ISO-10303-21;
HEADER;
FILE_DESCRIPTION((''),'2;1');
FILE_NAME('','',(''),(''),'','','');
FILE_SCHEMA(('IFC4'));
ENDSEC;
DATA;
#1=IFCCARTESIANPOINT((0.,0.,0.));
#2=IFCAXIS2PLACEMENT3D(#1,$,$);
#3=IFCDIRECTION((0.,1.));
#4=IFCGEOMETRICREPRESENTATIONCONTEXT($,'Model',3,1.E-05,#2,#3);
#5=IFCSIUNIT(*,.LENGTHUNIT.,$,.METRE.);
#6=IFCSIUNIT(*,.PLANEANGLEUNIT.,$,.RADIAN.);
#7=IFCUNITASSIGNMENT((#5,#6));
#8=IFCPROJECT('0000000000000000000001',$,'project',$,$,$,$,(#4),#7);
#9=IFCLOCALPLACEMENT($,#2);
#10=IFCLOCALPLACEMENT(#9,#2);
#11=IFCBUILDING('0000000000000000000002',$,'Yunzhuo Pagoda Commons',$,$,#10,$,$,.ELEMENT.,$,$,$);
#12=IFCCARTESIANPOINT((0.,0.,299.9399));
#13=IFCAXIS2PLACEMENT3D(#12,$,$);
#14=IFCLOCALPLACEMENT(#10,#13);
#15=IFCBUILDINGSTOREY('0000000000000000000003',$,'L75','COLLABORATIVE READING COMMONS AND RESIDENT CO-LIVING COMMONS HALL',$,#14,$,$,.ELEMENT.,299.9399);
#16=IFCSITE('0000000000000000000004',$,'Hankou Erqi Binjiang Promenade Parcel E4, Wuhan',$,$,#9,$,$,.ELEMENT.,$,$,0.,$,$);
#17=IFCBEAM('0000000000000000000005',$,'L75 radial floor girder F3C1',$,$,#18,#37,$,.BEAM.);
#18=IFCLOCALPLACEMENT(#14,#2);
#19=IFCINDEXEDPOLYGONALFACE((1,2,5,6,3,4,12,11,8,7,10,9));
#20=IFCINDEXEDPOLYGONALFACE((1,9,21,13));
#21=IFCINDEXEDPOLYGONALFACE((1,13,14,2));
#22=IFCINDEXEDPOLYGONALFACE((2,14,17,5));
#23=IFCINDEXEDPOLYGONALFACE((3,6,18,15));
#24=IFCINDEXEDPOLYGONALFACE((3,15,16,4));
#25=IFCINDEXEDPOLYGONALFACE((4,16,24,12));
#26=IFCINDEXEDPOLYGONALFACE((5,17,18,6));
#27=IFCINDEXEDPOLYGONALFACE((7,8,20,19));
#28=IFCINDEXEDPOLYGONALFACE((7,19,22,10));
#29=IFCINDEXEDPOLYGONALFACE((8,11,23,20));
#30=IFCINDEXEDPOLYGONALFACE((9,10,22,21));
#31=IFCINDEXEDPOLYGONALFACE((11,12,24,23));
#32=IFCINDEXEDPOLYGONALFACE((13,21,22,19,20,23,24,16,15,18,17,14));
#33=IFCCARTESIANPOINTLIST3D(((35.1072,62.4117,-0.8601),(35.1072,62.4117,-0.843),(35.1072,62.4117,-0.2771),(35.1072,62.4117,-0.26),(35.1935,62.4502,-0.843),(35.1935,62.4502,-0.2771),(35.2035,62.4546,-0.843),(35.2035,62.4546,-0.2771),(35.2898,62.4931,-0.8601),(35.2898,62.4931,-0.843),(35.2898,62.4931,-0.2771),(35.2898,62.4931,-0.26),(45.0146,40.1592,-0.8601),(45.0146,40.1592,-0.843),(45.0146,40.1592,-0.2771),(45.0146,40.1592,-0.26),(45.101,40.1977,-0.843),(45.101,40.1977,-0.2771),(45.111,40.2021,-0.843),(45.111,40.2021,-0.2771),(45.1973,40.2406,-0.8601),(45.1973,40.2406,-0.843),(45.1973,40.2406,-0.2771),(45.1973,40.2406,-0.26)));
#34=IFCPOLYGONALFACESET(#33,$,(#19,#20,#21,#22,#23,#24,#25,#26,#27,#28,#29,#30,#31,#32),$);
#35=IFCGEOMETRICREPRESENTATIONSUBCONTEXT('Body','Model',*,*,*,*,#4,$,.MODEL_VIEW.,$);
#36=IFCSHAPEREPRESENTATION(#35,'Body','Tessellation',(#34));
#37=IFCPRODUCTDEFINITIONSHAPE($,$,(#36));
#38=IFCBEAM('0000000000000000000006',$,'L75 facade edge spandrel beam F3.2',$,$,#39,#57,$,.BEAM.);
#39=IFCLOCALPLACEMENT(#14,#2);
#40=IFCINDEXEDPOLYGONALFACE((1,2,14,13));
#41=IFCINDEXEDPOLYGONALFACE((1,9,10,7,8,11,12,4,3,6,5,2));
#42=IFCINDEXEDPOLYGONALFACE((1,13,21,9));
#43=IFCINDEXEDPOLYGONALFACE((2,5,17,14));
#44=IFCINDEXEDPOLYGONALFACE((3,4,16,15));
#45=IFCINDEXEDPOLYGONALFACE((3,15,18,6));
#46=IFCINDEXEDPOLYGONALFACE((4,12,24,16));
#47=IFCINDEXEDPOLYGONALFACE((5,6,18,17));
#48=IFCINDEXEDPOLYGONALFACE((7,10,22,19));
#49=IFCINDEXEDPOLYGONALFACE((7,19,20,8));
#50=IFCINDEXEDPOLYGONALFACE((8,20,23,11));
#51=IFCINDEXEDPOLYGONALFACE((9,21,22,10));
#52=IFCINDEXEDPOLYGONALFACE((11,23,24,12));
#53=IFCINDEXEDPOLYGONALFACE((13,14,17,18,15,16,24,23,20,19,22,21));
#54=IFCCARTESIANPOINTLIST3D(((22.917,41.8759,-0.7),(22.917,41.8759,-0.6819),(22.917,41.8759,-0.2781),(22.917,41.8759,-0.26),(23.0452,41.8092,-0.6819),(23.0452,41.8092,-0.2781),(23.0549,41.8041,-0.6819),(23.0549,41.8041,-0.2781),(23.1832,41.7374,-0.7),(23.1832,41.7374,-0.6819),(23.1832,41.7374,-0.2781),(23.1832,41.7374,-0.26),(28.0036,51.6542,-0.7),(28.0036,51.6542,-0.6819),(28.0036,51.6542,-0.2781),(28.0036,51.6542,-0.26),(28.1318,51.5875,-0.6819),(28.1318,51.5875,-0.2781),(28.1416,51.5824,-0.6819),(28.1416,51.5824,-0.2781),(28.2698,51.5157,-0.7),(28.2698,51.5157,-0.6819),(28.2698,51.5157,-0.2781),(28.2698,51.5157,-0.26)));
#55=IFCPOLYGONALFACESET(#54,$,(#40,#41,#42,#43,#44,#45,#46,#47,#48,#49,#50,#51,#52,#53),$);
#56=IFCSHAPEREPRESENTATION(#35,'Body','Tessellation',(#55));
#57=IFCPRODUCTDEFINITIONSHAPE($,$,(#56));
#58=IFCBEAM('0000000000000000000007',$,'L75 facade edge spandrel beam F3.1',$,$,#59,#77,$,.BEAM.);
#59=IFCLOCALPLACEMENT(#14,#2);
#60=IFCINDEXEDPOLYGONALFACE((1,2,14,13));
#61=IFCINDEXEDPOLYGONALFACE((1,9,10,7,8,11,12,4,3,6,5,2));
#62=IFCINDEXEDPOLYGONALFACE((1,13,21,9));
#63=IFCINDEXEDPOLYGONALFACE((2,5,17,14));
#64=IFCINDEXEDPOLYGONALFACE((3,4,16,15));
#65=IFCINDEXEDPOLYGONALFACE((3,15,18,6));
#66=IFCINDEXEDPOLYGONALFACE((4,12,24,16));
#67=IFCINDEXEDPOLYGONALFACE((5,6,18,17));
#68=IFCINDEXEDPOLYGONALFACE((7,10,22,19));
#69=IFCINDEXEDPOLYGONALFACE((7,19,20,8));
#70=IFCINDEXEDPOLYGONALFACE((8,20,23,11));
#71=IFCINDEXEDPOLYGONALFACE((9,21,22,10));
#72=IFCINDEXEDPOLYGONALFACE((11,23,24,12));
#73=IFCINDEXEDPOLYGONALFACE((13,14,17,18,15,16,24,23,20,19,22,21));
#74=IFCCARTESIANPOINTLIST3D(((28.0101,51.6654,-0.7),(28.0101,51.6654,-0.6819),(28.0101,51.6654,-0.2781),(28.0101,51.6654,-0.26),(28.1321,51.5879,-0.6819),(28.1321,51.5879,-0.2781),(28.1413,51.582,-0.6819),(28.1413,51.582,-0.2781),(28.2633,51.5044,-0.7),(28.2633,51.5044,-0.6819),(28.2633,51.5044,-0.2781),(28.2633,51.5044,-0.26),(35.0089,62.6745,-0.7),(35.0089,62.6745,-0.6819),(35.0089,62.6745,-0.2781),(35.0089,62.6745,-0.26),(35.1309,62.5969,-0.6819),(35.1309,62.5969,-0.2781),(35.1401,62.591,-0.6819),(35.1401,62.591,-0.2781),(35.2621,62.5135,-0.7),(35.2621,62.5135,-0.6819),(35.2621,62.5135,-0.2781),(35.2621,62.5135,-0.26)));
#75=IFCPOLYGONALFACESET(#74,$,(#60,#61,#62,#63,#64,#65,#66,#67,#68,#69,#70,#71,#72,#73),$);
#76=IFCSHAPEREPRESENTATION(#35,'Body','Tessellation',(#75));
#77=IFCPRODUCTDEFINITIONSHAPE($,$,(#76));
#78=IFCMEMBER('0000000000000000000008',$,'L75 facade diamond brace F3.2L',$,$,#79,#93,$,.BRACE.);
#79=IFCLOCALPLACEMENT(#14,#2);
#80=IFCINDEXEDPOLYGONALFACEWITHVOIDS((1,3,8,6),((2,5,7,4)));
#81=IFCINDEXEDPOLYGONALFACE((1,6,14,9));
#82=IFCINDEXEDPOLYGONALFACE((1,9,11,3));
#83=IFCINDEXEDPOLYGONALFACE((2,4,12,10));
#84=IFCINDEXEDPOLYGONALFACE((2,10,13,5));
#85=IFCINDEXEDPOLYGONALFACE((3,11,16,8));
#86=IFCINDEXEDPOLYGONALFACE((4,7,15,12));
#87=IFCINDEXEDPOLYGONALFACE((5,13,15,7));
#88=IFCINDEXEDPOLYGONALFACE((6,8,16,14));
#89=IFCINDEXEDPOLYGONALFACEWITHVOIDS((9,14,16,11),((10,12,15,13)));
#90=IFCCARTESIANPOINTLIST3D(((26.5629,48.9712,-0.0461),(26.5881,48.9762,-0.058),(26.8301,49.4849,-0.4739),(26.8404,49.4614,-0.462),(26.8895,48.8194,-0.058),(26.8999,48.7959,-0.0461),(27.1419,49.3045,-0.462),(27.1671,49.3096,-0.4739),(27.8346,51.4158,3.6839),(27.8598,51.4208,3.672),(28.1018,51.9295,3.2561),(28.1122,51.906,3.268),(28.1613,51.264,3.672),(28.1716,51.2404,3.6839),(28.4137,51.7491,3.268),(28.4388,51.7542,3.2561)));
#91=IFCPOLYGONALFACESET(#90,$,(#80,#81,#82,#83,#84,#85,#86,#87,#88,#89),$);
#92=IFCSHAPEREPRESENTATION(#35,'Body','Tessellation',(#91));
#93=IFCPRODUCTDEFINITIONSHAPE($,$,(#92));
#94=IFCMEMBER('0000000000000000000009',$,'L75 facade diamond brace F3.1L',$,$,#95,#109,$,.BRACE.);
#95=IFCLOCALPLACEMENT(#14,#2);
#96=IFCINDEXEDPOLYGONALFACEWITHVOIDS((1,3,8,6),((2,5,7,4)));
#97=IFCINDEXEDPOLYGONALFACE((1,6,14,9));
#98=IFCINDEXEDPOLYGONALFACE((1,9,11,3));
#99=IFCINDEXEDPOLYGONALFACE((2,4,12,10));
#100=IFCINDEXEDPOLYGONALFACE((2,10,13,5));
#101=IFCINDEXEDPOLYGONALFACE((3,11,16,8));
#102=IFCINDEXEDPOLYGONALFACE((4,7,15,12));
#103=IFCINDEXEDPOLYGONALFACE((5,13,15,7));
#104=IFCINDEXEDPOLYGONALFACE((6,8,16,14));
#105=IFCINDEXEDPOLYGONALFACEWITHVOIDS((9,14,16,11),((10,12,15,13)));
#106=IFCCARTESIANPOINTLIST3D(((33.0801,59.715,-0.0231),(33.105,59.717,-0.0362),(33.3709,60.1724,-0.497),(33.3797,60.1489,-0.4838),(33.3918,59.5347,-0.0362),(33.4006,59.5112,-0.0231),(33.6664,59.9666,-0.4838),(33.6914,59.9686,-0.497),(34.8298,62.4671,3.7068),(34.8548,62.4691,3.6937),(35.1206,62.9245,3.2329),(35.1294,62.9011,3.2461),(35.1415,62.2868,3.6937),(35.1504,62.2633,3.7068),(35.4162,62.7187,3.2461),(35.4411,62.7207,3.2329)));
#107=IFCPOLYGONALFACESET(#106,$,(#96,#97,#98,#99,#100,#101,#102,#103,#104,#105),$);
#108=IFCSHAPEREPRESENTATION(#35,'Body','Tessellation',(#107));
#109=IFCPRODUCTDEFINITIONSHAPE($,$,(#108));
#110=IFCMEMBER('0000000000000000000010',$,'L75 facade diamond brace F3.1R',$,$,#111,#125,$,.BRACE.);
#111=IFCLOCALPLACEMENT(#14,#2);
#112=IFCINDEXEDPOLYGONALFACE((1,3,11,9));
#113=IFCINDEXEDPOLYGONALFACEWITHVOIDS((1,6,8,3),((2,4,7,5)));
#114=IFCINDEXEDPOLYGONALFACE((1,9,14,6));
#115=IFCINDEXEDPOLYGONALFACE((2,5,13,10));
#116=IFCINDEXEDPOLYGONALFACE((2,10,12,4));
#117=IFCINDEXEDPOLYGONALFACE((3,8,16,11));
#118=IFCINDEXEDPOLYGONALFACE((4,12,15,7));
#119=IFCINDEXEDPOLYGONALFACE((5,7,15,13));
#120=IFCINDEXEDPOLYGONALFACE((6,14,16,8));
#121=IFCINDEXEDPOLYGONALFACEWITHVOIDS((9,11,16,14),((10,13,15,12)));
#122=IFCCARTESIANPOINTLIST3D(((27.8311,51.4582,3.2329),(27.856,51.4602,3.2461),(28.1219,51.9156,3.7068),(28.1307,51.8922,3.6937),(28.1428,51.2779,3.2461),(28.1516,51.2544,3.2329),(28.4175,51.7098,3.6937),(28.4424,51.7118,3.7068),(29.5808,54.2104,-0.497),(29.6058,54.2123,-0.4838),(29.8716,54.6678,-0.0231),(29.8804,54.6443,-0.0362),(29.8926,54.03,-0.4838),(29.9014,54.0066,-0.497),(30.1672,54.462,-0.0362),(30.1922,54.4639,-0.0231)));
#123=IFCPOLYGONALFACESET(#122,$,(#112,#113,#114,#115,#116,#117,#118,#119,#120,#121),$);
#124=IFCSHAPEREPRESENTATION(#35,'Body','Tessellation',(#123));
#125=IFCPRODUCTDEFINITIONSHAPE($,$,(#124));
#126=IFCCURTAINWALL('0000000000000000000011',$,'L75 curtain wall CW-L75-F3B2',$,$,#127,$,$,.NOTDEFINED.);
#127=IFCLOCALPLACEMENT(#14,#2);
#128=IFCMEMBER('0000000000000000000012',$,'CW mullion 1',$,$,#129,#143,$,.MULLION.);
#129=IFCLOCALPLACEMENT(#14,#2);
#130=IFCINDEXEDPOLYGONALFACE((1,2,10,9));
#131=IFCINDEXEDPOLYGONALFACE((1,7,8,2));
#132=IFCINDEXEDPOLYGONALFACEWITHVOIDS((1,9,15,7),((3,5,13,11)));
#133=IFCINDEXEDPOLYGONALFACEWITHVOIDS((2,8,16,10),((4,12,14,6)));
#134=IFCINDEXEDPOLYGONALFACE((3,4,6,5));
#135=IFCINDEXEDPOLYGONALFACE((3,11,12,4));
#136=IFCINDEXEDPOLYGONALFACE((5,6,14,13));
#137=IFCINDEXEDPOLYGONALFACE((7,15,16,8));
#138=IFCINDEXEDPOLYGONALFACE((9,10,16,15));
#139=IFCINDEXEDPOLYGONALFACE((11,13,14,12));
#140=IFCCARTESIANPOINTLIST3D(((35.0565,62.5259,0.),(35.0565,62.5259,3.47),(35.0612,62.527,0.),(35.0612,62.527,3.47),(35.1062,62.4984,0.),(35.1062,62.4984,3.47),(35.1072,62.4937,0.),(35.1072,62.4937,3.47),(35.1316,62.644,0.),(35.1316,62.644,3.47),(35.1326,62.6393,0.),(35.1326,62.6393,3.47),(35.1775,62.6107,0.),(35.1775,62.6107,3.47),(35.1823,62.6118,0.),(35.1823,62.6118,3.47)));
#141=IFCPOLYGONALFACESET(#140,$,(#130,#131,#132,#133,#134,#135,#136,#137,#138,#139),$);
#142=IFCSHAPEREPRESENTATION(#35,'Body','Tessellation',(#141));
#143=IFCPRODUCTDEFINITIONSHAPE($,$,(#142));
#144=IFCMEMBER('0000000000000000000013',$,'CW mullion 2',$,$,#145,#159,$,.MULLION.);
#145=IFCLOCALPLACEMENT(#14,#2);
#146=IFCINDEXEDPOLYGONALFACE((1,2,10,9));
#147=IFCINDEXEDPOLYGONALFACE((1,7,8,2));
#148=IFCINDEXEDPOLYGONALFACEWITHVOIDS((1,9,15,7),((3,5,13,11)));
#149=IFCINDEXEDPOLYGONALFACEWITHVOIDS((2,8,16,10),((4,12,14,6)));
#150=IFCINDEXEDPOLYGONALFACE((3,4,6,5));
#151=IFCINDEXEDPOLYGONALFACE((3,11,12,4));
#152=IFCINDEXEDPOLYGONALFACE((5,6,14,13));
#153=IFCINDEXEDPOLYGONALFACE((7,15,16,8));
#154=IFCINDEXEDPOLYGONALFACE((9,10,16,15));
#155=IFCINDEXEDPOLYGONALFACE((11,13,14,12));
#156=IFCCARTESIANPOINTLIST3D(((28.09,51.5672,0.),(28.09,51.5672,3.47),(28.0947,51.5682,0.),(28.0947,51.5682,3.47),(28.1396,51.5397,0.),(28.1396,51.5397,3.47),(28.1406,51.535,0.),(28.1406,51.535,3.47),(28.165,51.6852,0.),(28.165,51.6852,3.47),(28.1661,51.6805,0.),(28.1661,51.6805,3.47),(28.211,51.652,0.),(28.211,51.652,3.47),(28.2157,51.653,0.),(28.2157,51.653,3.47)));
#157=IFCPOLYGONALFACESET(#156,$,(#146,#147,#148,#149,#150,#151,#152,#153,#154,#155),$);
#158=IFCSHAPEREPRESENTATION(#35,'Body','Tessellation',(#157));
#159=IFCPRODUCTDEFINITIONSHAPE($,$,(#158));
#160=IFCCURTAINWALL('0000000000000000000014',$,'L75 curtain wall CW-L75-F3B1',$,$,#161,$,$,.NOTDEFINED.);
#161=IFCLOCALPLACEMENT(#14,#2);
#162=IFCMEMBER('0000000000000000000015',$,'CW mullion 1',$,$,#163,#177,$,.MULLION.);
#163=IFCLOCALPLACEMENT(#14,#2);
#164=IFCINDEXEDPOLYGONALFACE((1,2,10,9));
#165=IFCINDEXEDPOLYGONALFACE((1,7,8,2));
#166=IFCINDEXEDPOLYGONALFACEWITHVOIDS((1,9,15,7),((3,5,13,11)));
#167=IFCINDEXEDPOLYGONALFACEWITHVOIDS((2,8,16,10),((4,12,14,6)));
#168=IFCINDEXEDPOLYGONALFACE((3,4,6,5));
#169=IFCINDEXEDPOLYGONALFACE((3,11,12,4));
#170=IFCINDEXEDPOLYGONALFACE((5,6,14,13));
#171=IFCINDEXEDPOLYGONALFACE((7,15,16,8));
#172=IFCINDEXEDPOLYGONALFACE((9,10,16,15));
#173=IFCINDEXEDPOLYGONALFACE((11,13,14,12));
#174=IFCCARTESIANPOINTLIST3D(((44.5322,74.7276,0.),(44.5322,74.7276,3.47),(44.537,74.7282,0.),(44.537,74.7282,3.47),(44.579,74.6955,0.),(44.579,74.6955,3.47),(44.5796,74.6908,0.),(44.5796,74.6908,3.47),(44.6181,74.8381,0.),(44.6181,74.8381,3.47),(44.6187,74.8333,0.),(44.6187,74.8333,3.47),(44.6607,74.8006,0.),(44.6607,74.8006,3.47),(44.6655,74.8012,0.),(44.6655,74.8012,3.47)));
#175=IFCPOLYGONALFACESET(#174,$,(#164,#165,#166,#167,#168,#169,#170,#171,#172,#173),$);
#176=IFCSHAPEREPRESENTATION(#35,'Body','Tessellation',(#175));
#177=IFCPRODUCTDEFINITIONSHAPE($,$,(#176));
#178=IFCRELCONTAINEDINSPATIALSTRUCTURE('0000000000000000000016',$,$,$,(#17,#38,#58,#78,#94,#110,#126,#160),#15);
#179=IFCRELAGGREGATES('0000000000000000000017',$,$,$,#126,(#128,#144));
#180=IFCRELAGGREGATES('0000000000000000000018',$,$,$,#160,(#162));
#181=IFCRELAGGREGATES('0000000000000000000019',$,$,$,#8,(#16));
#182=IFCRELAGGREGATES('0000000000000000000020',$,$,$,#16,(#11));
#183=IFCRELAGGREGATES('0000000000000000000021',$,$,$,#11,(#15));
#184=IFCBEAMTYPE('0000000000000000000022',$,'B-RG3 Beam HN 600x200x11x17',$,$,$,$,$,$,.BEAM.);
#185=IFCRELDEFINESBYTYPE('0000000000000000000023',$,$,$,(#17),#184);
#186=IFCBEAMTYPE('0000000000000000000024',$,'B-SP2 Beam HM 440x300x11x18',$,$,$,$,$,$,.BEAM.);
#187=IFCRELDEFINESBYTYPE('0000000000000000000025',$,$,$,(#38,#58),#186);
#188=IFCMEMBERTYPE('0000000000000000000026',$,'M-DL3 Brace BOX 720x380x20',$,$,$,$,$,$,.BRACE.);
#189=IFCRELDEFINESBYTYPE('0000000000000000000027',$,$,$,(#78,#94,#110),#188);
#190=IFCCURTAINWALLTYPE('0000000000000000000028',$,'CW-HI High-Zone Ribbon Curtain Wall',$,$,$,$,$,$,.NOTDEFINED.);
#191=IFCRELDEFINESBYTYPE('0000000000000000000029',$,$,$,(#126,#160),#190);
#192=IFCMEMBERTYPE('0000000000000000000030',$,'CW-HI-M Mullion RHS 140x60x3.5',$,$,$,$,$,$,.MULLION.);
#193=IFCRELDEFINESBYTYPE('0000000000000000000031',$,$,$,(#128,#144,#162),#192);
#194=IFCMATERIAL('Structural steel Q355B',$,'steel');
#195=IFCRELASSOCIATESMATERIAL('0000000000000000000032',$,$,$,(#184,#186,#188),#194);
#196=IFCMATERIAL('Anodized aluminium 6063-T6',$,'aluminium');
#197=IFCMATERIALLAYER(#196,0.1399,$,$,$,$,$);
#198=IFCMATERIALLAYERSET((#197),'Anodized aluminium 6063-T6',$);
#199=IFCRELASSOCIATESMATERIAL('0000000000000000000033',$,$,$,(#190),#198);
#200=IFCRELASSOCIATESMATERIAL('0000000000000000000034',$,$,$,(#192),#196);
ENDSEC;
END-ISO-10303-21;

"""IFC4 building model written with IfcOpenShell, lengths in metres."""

from ifc_helpers import new_model, si_unit, direction, frame, origin, origin_2d, place, context, subcontext, project, spatial, hollow_rectangle, i_section, extrude, source, transform, mapped, material, layer, layer_set, material_profile, profile_set, type_object, element, aggregate, save


model = new_model("IFC4")

# Units and contexts
model_context = context("Model", 3, precision=1e-05, world=origin(), true_north=direction((0.0, 1.0)))
body_context = subcontext(model_context, "Body", "Model", "MODEL_VIEW")
ifc_project = project(units=[si_unit("LENGTHUNIT", "METRE"), si_unit("PLANEANGLEUNIT", "RADIAN")], contexts=[model_context])

# Site, building, storey
site_placement = place(None, origin())
site = spatial("IfcSite", under=ifc_project, at=site_placement, Name="Hankou Erqi Binjiang Promenade Parcel E4, Wuhan", CompositionType="ELEMENT", RefElevation=0.0)
building_placement = place(site_placement, origin())
building = spatial("IfcBuilding", under=site, at=building_placement, Name="Yunzhuo Pagoda Commons", CompositionType="ELEMENT")
storey_placement = place(building_placement, frame((0.0, 0.0, 299.9399)))
storey = spatial("IfcBuildingStorey", under=building, at=storey_placement, Name="L75", Description="COLLABORATIVE READING COMMONS AND RESIDENT CO-LIVING COMMONS HALL", CompositionType="ELEMENT", Elevation=299.9399)

# Shared definitions
ifc_material_1 = material(Name="Structural steel Q355B", Category="steel")

# Beams
ifc_material_profile_1 = material_profile(ifc_material_1, i_section(OverallWidth=0.2, OverallDepth=0.6001, WebThickness=0.011, FlangeThickness=0.0171, at=origin_2d()), Name="Structural steel Q355B")
ifc_profile_set_1 = profile_set([ifc_material_profile_1], Name="Structural steel Q355B")
beam_type_1 = type_object("IfcBeamType", Name="B-RG3 Beam HN 600x200x11x17", PredefinedType="BEAM", material=ifc_profile_set_1)
shared_shape_1 = source(origin(), body_context, "Body", "SweptSolid", [
    extrude(i_section(OverallWidth=0.2, OverallDepth=0.6001, WebThickness=0.011, FlangeThickness=0.0171, at=origin_2d()), origin(), (0.0, 0.0, 1.0), 24.3584),
])
beam_1_placement = place(storey_placement, frame((35.1985, 62.4524, -0.5601), z_axis=(0.406738, -0.913545, 0.0), x_axis=(0.913545, 0.406738, 0.0)))
element("IfcBeam", 1, at=beam_1_placement, inside=storey, type_object=beam_type_1, Name="L75 radial floor girder F3C1", PredefinedType="BEAM", context=body_context, shape_type="MappedRepresentation", body=[
    mapped(shared_shape_1, transform((0.0, 0.0, 0.0), scale=1.0)),
])
ifc_material_profile_2 = material_profile(ifc_material_1, i_section(OverallWidth=0.3, OverallDepth=0.4399, WebThickness=0.011, FlangeThickness=0.0181, at=origin_2d()), Name="Structural steel Q355B")
ifc_profile_set_2 = profile_set([ifc_material_profile_2], Name="Structural steel Q355B")
beam_type_2 = type_object("IfcBeamType", Name="B-SP2 Beam HM 440x300x11x18", PredefinedType="BEAM", material=ifc_profile_set_2)
shared_shape_2 = source(origin(), body_context, "Body", "SweptSolid", [
    extrude(i_section(OverallWidth=0.3, OverallDepth=0.4399, WebThickness=0.011, FlangeThickness=0.0181, at=origin_2d()), origin(), (0.0, 0.0, 1.0), 11.0222),
])
beam_2_placement = place(storey_placement, frame((28.1367, 51.585, -0.48), z_axis=(-0.461492, -0.887145, 0.0), x_axis=(0.887145, -0.461492, 0.0)))
element("IfcBeam", 2, at=beam_2_placement, inside=storey, type_object=beam_type_2, Name="L75 facade edge spandrel beam F3.2", PredefinedType="BEAM", context=body_context, shape_type="MappedRepresentation", body=[
    mapped(shared_shape_2, transform((0.0, 0.0, 0.0), scale=1.0)),
])
shared_shape_3 = source(origin(), body_context, "Body", "SweptSolid", [
    extrude(i_section(OverallWidth=0.3, OverallDepth=0.4399, WebThickness=0.011, FlangeThickness=0.0181, at=origin_2d()), origin(), (0.0, 0.0, 1.0), 13.0454),
])
beam_3_placement = place(storey_placement, frame((35.1355, 62.594, -0.48), z_axis=(-0.536495, -0.843903, 0.0), x_axis=(0.843903, -0.536495, 0.0)))
element("IfcBeam", 3, at=beam_3_placement, inside=storey, type_object=beam_type_2, Name="L75 facade edge spandrel beam F3.1", PredefinedType="BEAM", context=body_context, shape_type="MappedRepresentation", body=[
    mapped(shared_shape_3, transform((0.0, 0.0, 0.0), scale=1.0)),
])

# Members
ifc_material_profile_3 = material_profile(ifc_material_1, hollow_rectangle(XDim=0.3799, YDim=0.72, WallThickness=0.02, at=origin_2d()), Name="Structural steel Q355B")
ifc_profile_set_3 = profile_set([ifc_material_profile_3], Name="Structural steel Q355B")
member_type_1 = type_object("IfcMemberType", Name="M-DL3 Brace BOX 720x380x20", PredefinedType="BRACE", material=ifc_profile_set_3)
shared_shape_4 = source(origin(), body_context, "Body", "SweptSolid", [
    extrude(hollow_rectangle(XDim=0.3799, YDim=0.72, WallThickness=0.02, at=origin_2d()), origin(), (0.0, 0.0, 1.0), 4.6375),
])
member_1_placement = place(storey_placement, frame((26.865, 49.1404, -0.26), z_axis=(0.27423, 0.527138, 0.804316), x_axis=(-0.887136, 0.461509, 0.0)))
element("IfcMember", 4, at=member_1_placement, inside=storey, type_object=member_type_1, Name="L75 facade diamond brace F3.2L", PredefinedType="BRACE", context=body_context, shape_type="MappedRepresentation", body=[
    mapped(shared_shape_4, transform((0.0, 0.0, 0.0), scale=1.0)),
])
shared_shape_5 = source(origin(), body_context, "Body", "SweptSolid", [
    extrude(hollow_rectangle(XDim=0.3799, YDim=0.72, WallThickness=0.02, at=origin_2d()), origin(), (0.0, 0.0, 1.0), 4.9546),
])
for number, where, z_axis, x_axis, name in (
    (5, (33.3857, 59.8418, -0.26), (0.353151, 0.555473, 0.752818), (-0.84389, 0.536517, 0.0), "L75 facade diamond brace F3.1L"),
    (6, (29.8865, 54.3372, -0.26), (-0.353151, -0.555473, 0.752818), (0.84389, -0.536517, 0.0), "L75 facade diamond brace F3.1R"),
):
    element("IfcMember", number, at=place(storey_placement, frame(where, z_axis=z_axis, x_axis=x_axis)), inside=storey, type_object=member_type_1, Name=name, PredefinedType="BRACE", context=body_context, shape_type="MappedRepresentation", body=[
        mapped(shared_shape_5, transform((0.0, 0.0, 0.0), scale=1.0)),
    ])

# Curtain walls, members
ifc_material_2 = material(Name="Anodized aluminium 6063-T6", Category="aluminium")
ifc_layer_1 = layer(ifc_material_2, 0.1399)
ifc_layer_set_1 = layer_set([ifc_layer_1], Name="Anodized aluminium 6063-T6")
curtain_wall_type = type_object("IfcCurtainWallType", Name="CW-HI High-Zone Ribbon Curtain Wall", PredefinedType="NOTDEFINED", material=ifc_layer_set_1)
curtain_wall_1_placement = place(storey_placement, origin())
curtain_wall_1 = element("IfcCurtainWall", 7, at=curtain_wall_1_placement, inside=storey, type_object=curtain_wall_type, Name="L75 curtain wall CW-L75-F3B2", PredefinedType="NOTDEFINED")
ifc_material_profile_4 = material_profile(ifc_material_2, hollow_rectangle(XDim=0.0601, YDim=0.1399, WallThickness=0.0034, at=origin_2d()), Name="Anodized aluminium 6063-T6")
ifc_profile_set_4 = profile_set([ifc_material_profile_4], Name="Anodized aluminium 6063-T6")
member_type_2 = type_object("IfcMemberType", Name="CW-HI-M Mullion RHS 140x60x3.5", PredefinedType="MULLION", material=ifc_profile_set_4)
shared_shape_6 = source(origin(), body_context, "Body", "SweptSolid", [
    extrude(hollow_rectangle(XDim=0.0601, YDim=0.1399, WallThickness=0.0034, at=origin_2d()), origin(), (0.0, 0.0, 1.0), 3.47),
])
member_2_placement = place(storey_placement, frame((35.1194, 62.5688, 0.0), z_axis=(0.0, 0.0, 1.0), x_axis=(0.84391, -0.536485, 0.0)))
member_2 = element("IfcMember", 8, at=member_2_placement, type_object=member_type_2, Name="CW mullion 1", PredefinedType="MULLION", context=body_context, shape_type="MappedRepresentation", body=[
    mapped(shared_shape_6, transform((0.0, 0.0, 0.0), scale=1.0)),
])
member_3_placement = place(storey_placement, frame((28.1528, 51.6101, 0.0), z_axis=(0.0, 0.0, 1.0), x_axis=(0.84391, -0.536485, 0.0)))
member_3 = element("IfcMember", 9, at=member_3_placement, type_object=member_type_2, Name="CW mullion 2", PredefinedType="MULLION", context=body_context, shape_type="MappedRepresentation", body=[
    mapped(shared_shape_6, transform((0.0, 0.0, 0.0), scale=1.0)),
])
curtain_wall_2_placement = place(storey_placement, origin())
curtain_wall_2 = element("IfcCurtainWall", 10, at=curtain_wall_2_placement, inside=storey, type_object=curtain_wall_type, Name="L75 curtain wall CW-L75-F3B1", PredefinedType="NOTDEFINED")
member_4_placement = place(storey_placement, frame((44.5989, 74.7644, 0.0), z_axis=(0.0, 0.0, 1.0), x_axis=(0.78943, -0.61384, 0.0)))
member_4 = element("IfcMember", 11, at=member_4_placement, type_object=member_type_2, Name="CW mullion 1", PredefinedType="MULLION", context=body_context, shape_type="MappedRepresentation", body=[
    mapped(shared_shape_6, transform((0.0, 0.0, 0.0), scale=1.0)),
])

aggregate(curtain_wall_1, [member_2, member_3])

aggregate(curtain_wall_2, [member_4])

save(model, "model.ifc")
